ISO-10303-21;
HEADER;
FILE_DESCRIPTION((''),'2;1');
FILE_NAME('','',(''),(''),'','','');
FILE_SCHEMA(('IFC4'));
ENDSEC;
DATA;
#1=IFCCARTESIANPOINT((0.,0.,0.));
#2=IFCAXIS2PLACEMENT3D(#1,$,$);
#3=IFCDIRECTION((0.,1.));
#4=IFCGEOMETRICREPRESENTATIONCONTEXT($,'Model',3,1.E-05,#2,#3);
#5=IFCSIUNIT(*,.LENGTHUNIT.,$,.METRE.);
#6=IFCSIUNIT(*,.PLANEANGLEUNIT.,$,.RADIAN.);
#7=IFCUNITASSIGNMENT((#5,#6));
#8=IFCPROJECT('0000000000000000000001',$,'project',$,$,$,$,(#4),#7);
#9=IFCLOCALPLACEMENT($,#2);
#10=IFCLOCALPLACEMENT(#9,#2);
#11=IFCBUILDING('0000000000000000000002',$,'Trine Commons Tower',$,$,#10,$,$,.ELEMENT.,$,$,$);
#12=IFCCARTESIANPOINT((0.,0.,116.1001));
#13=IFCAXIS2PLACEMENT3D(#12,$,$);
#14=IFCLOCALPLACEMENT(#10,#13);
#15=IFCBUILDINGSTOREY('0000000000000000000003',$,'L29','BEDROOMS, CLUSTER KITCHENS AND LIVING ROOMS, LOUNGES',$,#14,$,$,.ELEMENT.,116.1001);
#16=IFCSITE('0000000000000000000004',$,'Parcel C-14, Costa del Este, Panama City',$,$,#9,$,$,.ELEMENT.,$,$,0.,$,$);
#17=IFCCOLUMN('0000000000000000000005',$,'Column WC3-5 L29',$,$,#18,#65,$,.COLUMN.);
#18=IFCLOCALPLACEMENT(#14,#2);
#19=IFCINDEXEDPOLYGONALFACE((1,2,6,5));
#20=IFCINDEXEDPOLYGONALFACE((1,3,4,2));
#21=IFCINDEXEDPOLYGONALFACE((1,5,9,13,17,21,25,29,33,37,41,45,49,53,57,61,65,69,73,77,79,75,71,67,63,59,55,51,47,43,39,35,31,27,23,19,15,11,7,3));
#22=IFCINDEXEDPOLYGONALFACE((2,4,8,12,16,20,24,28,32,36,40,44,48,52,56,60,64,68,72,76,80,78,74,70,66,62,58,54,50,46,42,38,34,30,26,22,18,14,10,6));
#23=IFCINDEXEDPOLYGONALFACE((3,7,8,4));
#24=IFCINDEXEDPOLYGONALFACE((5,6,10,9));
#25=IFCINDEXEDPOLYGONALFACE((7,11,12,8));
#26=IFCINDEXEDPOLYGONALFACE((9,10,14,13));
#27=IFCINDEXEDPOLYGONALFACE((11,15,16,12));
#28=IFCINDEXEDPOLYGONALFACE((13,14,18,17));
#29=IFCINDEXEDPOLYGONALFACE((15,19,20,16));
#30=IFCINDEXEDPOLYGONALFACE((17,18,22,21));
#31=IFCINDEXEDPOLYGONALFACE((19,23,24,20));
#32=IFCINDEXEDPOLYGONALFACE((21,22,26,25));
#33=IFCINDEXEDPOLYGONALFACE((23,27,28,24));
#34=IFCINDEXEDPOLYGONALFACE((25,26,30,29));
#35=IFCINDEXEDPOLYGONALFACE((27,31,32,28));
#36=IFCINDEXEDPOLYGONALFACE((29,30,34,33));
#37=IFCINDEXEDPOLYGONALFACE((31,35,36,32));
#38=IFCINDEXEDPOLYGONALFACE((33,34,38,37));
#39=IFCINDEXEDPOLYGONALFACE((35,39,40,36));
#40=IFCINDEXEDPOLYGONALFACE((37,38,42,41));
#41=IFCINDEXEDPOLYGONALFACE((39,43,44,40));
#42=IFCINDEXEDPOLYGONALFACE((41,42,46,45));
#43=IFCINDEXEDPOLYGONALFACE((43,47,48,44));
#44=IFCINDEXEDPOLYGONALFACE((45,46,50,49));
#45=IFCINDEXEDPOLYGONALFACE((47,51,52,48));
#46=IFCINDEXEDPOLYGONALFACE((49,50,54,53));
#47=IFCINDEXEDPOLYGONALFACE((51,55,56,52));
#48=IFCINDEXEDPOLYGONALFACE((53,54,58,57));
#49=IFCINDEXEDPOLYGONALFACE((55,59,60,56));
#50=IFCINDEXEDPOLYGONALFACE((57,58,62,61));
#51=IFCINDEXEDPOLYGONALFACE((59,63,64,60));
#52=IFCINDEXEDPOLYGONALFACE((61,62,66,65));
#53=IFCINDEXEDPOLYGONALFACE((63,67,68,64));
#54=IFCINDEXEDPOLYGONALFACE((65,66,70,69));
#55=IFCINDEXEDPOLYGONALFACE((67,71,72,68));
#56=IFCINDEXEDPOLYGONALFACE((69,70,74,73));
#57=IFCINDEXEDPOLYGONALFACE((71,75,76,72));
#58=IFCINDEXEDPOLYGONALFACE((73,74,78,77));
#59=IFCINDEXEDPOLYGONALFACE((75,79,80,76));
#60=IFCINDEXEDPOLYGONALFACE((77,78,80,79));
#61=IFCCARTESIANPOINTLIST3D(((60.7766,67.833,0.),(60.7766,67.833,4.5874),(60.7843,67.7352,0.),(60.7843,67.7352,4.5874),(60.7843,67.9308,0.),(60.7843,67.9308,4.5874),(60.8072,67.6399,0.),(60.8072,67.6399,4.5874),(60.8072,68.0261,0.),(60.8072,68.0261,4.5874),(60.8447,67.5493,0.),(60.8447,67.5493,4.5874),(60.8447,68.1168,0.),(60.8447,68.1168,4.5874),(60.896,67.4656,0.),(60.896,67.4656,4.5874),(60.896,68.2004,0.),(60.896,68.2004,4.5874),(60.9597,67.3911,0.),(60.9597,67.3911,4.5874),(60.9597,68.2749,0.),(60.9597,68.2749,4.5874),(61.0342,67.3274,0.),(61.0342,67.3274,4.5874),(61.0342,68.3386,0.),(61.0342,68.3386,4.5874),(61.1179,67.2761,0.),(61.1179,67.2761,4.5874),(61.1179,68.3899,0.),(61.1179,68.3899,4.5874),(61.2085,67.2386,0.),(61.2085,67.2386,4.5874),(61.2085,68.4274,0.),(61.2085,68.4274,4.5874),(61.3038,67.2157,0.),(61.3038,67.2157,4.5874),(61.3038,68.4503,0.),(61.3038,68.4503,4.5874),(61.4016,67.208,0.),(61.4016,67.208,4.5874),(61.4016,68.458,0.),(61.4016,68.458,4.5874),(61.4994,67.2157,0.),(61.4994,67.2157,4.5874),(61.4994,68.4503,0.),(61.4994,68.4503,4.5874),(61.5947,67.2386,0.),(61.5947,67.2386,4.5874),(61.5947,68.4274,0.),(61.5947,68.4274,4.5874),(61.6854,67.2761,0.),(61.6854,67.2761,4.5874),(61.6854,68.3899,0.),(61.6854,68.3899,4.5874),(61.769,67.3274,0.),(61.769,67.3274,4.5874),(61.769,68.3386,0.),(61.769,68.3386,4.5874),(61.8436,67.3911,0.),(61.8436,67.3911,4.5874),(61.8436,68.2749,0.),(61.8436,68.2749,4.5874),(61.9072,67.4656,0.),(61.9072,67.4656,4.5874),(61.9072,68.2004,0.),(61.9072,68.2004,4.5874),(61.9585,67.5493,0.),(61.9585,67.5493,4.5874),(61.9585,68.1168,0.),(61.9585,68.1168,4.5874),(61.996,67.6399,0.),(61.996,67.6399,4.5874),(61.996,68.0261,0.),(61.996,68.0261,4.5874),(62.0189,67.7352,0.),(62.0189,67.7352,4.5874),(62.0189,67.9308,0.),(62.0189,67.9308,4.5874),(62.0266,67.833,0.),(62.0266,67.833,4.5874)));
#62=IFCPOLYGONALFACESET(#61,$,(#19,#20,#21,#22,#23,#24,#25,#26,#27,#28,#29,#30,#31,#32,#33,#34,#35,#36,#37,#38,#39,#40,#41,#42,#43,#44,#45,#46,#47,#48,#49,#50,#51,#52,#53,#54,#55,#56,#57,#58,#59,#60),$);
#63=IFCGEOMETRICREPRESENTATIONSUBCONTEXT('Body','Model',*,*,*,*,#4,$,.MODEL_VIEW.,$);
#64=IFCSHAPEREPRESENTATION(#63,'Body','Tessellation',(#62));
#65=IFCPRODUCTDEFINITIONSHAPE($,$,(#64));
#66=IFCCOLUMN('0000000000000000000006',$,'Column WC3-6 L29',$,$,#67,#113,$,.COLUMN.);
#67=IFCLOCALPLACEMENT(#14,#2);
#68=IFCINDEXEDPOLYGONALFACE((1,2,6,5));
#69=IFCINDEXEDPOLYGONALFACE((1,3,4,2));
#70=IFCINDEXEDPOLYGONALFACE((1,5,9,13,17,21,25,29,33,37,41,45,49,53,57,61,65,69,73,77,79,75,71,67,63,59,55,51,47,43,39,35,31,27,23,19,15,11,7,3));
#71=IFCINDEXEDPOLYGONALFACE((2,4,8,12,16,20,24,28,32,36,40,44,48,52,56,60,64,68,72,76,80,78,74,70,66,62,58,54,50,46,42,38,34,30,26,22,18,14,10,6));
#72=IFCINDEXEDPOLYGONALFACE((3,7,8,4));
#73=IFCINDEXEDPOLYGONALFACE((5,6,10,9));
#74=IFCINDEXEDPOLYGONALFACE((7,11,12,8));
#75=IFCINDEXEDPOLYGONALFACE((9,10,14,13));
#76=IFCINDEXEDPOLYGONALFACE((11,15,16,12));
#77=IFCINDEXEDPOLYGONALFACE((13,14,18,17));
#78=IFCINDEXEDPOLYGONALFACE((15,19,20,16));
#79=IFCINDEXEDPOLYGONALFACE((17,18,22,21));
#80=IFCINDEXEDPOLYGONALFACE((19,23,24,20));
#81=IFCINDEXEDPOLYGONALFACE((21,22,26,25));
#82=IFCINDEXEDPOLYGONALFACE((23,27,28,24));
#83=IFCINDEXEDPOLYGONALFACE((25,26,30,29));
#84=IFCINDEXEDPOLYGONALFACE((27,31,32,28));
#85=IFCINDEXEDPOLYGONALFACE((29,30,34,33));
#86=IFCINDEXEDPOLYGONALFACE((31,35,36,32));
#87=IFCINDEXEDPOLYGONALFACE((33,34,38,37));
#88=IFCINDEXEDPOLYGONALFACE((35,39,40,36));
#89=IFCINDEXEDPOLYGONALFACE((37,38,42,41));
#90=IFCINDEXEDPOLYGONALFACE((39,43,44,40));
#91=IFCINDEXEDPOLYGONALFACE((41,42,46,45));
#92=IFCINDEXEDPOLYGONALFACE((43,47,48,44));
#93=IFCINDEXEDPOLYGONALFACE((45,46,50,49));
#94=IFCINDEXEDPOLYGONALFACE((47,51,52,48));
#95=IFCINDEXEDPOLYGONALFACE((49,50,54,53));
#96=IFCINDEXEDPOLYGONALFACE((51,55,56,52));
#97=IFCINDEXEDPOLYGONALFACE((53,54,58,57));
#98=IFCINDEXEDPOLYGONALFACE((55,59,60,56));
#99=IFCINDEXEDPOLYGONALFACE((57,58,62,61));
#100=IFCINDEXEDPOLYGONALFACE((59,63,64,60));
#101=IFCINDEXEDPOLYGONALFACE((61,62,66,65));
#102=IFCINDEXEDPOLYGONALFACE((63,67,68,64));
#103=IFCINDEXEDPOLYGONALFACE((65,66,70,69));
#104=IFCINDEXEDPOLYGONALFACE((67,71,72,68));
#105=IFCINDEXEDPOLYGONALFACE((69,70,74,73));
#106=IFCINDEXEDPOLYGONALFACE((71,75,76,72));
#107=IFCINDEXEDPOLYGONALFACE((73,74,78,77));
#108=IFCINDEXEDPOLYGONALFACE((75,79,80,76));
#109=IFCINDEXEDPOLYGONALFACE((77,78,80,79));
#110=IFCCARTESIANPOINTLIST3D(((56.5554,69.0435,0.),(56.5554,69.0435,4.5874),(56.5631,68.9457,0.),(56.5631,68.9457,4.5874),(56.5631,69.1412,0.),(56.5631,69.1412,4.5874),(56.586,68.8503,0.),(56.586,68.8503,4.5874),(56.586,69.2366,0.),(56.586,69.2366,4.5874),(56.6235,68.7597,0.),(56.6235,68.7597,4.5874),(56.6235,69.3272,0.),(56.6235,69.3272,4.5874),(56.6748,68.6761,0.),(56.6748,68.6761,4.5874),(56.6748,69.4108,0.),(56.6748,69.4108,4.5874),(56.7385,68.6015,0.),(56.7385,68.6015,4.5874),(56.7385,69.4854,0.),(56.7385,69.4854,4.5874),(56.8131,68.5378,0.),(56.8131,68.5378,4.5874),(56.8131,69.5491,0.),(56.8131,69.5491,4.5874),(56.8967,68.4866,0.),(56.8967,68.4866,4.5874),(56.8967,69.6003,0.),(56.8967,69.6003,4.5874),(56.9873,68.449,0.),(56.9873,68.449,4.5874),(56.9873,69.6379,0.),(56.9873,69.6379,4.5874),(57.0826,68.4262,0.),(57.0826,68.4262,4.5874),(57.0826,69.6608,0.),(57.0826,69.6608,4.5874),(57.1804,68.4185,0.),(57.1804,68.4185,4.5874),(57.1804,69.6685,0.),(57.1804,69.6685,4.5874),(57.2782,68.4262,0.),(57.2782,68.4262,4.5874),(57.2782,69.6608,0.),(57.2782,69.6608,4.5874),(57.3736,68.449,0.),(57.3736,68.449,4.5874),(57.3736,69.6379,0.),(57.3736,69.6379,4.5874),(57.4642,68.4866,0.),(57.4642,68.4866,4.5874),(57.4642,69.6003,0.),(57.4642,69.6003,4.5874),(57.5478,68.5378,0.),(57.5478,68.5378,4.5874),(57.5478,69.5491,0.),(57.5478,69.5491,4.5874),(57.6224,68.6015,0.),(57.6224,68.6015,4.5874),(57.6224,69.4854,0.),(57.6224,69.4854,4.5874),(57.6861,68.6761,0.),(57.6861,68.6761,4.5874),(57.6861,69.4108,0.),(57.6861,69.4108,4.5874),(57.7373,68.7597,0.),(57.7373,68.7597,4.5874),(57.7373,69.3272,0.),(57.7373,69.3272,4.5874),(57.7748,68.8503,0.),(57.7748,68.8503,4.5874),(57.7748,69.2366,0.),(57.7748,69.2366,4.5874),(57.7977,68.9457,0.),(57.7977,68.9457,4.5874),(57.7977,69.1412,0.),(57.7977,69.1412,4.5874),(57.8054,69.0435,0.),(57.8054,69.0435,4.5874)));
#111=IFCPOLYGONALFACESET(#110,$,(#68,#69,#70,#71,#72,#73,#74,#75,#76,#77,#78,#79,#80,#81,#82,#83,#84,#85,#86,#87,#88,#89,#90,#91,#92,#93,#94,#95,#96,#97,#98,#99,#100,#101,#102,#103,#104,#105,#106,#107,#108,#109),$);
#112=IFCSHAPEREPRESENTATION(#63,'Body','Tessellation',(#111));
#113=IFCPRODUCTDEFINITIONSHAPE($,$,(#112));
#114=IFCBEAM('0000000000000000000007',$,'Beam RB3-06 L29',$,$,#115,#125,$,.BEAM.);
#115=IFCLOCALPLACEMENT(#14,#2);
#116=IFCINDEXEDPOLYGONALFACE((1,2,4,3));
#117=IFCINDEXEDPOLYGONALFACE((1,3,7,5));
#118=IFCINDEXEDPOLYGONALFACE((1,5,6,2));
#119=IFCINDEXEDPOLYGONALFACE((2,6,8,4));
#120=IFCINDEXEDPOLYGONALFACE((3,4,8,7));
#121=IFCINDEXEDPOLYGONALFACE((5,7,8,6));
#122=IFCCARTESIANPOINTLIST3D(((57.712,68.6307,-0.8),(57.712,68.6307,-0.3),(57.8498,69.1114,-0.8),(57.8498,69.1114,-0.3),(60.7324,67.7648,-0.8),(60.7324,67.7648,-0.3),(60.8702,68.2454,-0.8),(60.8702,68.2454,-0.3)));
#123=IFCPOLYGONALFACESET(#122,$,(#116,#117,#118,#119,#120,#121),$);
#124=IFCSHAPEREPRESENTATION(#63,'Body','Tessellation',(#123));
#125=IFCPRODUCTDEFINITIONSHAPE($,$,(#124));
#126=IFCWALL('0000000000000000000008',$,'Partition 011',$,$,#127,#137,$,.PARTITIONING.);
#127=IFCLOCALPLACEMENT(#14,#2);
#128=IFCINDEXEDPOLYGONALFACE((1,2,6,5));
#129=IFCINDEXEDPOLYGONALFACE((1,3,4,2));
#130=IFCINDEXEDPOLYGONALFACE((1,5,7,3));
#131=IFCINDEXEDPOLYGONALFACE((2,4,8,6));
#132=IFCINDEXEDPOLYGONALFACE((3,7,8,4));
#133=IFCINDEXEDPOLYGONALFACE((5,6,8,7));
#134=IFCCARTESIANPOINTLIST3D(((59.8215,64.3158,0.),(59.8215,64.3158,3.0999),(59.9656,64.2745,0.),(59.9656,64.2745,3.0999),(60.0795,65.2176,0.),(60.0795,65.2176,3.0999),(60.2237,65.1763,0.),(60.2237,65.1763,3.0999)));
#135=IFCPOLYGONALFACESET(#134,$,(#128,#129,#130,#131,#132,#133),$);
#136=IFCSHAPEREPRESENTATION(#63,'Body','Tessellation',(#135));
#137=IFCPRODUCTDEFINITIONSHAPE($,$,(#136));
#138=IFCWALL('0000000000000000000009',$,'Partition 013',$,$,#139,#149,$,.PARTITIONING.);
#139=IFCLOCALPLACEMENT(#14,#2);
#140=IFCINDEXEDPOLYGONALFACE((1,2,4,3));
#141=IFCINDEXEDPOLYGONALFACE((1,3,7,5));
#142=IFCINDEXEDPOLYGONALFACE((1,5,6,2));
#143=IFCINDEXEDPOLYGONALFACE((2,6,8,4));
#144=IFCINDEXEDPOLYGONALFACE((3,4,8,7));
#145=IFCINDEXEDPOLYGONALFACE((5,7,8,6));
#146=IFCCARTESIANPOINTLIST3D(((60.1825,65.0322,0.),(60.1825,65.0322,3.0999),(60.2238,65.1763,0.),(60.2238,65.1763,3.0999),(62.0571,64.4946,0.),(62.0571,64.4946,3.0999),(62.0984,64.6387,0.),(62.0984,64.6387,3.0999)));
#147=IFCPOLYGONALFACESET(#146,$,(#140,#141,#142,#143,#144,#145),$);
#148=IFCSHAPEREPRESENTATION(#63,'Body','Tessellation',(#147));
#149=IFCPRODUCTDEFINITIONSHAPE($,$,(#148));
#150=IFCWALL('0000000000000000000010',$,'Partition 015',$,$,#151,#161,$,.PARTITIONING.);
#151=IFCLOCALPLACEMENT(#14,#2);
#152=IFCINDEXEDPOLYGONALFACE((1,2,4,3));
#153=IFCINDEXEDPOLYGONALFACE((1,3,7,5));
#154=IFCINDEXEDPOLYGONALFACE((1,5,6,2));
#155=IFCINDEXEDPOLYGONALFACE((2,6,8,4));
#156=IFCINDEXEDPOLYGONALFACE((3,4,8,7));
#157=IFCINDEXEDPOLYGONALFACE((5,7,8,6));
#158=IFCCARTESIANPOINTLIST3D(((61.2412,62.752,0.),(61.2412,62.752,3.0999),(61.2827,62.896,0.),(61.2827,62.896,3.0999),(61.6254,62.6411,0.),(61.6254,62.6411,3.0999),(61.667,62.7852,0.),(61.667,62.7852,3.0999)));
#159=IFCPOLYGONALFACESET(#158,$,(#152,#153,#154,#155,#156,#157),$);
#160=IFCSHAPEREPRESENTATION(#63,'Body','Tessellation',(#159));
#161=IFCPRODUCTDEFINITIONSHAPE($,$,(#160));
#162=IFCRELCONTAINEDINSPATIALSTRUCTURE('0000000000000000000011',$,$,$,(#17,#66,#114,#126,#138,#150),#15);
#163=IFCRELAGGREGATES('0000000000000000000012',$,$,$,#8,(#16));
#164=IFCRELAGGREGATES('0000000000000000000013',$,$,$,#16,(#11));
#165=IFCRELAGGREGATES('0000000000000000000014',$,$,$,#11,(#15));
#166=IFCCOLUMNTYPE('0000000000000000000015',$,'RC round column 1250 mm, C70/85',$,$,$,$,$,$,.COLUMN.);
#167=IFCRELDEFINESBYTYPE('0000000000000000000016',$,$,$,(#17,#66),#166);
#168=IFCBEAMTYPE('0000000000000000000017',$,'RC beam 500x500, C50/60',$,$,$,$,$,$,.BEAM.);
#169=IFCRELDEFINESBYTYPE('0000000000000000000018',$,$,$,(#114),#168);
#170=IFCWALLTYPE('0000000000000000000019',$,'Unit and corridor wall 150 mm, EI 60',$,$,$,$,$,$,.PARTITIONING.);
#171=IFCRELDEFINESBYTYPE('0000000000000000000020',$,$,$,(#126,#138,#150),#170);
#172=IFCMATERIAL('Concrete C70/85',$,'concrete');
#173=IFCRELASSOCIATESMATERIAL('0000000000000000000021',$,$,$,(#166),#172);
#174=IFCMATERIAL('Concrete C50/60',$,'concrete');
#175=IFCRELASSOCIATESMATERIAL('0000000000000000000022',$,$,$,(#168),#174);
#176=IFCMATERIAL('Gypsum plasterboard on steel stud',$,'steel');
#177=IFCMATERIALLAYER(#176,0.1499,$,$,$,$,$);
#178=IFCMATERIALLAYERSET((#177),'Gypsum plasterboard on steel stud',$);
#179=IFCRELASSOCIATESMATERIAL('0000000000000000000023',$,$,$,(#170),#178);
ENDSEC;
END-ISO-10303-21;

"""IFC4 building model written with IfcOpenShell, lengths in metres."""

from ifc_helpers import new_model, si_unit, direction, frame, frame_2d, origin, origin_2d, place, context, subcontext, project, spatial, rectangle, circle, extrude, material, layer, layer_set, material_profile, profile_set, type_object, element, save


model = new_model("IFC4")

# Units and contexts
model_context = context("Model", 3, precision=1e-05, world=origin(), true_north=direction((0.0, 1.0)))
body_context = subcontext(model_context, "Body", "Model", "MODEL_VIEW")
ifc_project = project(units=[si_unit("LENGTHUNIT", "METRE"), si_unit("PLANEANGLEUNIT", "RADIAN")], contexts=[model_context])

# Site, building, storey
site_placement = place(None, origin())
site = spatial("IfcSite", under=ifc_project, at=site_placement, Name="Parcel C-14, Costa del Este, Panama City", CompositionType="ELEMENT", RefElevation=0.0)
building_placement = place(site_placement, origin())
building = spatial("IfcBuilding", under=site, at=building_placement, Name="Trine Commons Tower", CompositionType="ELEMENT")
storey_placement = place(building_placement, frame((0.0, 0.0, 116.1001)))
storey = spatial("IfcBuildingStorey", under=building, at=storey_placement, Name="L29", Description="BEDROOMS, CLUSTER KITCHENS AND LIVING ROOMS, LOUNGES", CompositionType="ELEMENT", Elevation=116.1001)

# Columns
ifc_material_1 = material(Name="Concrete C70/85", Category="concrete")
ifc_material_profile_1 = material_profile(ifc_material_1, circle(Radius=0.625, at=origin_2d()), Name="RC round 1250")
ifc_profile_set_1 = profile_set([ifc_material_profile_1], Name="Concrete C70/85")
column_type = type_object("IfcColumnType", Name="RC round column 1250 mm, C70/85", PredefinedType="COLUMN", material=ifc_profile_set_1)
for number, where, z_axis, x_axis, name in (
    (1, (61.4016, 67.833, 0.0), (0.0, 0.0, 1.0), (1.0, 0.0, 0.0), "Column WC3-5 L29"),
    (2, (57.1804, 69.0435, 0.0), (0.0, 0.0, 1.0), (1.0, 0.0, 0.0), "Column WC3-6 L29"),
):
    element("IfcColumn", number, at=place(storey_placement, frame(where, z_axis=z_axis, x_axis=x_axis)), inside=storey, type_object=column_type, Name=name, PredefinedType="COLUMN", context=body_context, shape_type="SweptSolid", body=[
        extrude(circle(Radius=0.625, at=origin_2d()), origin(), (0.0, 0.0, 1.0), 4.5874),
    ])

# Beam
ifc_material_2 = material(Name="Concrete C50/60", Category="concrete")
ifc_material_profile_2 = material_profile(ifc_material_2, rectangle(XDim=0.5, YDim=0.5, at=origin_2d()), Name="RC 500x500")
ifc_profile_set_2 = profile_set([ifc_material_profile_2], Name="Concrete C50/60")
beam_type = type_object("IfcBeamType", Name="RC beam 500x500, C50/60", PredefinedType="BEAM", material=ifc_profile_set_2)
beam_placement = place(storey_placement, frame((60.8013, 68.0051, -0.55), z_axis=(-0.961274, 0.275593, 0.0), x_axis=(-0.275593, -0.961274, 0.0)))
element("IfcBeam", 3, at=beam_placement, inside=storey, type_object=beam_type, Name="Beam RB3-06 L29", PredefinedType="BEAM", context=body_context, shape_type="SweptSolid", body=[
    extrude(rectangle(XDim=0.5, YDim=0.5, at=origin_2d()), origin(), (0.0, 0.0, 1.0), 3.1421),
])

# Walls
ifc_material_3 = material(Name="Gypsum plasterboard on steel stud", Category="steel")
ifc_layer_1 = layer(ifc_material_3, 0.1499)
ifc_layer_set_1 = layer_set([ifc_layer_1], Name="Gypsum plasterboard on steel stud")
wall_type_1 = type_object("IfcWallType", Name="Unit and corridor wall 150 mm, EI 60", PredefinedType="PARTITIONING", material=ifc_layer_set_1)
wall_1_placement = place(storey_placement, frame((59.8936, 64.2952, 0.0), z_axis=(0.0, 0.0, 1.0), x_axis=(0.275099, 0.961416, 0.0)))
element("IfcWall", 4, at=wall_1_placement, inside=storey, type_object=wall_type_1, Name="Partition 011", PredefinedType="PARTITIONING", context=body_context, shape_type="SweptSolid", body=[
    extrude(rectangle(XDim=0.938, YDim=0.1499, at=frame_2d((0.469, 0.0))), origin(), (0.0, 0.0, 1.0), 3.0999),
])
wall_2_placement = place(storey_placement, frame((60.2031, 65.1042, 0.0), z_axis=(0.0, 0.0, 1.0), x_axis=(0.961259, -0.275647, 0.0)))
element("IfcWall", 5, at=wall_2_placement, inside=storey, type_object=wall_type_1, Name="Partition 013", PredefinedType="PARTITIONING", context=body_context, shape_type="SweptSolid", body=[
    extrude(rectangle(XDim=1.9502, YDim=0.1499, at=frame_2d((0.9751, 0.0))), origin(), (0.0, 0.0, 1.0), 3.0999),
])
wall_3_placement = place(storey_placement, frame((61.262, 62.824, 0.0), z_axis=(0.0, 0.0, 1.0), x_axis=(0.96083, -0.277139, 0.0)))
element("IfcWall", 6, at=wall_3_placement, inside=storey, type_object=wall_type_1, Name="Partition 015", PredefinedType="PARTITIONING", context=body_context, shape_type="SweptSolid", body=[
    extrude(rectangle(XDim=0.3999, YDim=0.1499, at=frame_2d((0.2, 0.0))), origin(), (0.0, 0.0, 1.0), 3.0999),
])

save(model, "model.ifc")
